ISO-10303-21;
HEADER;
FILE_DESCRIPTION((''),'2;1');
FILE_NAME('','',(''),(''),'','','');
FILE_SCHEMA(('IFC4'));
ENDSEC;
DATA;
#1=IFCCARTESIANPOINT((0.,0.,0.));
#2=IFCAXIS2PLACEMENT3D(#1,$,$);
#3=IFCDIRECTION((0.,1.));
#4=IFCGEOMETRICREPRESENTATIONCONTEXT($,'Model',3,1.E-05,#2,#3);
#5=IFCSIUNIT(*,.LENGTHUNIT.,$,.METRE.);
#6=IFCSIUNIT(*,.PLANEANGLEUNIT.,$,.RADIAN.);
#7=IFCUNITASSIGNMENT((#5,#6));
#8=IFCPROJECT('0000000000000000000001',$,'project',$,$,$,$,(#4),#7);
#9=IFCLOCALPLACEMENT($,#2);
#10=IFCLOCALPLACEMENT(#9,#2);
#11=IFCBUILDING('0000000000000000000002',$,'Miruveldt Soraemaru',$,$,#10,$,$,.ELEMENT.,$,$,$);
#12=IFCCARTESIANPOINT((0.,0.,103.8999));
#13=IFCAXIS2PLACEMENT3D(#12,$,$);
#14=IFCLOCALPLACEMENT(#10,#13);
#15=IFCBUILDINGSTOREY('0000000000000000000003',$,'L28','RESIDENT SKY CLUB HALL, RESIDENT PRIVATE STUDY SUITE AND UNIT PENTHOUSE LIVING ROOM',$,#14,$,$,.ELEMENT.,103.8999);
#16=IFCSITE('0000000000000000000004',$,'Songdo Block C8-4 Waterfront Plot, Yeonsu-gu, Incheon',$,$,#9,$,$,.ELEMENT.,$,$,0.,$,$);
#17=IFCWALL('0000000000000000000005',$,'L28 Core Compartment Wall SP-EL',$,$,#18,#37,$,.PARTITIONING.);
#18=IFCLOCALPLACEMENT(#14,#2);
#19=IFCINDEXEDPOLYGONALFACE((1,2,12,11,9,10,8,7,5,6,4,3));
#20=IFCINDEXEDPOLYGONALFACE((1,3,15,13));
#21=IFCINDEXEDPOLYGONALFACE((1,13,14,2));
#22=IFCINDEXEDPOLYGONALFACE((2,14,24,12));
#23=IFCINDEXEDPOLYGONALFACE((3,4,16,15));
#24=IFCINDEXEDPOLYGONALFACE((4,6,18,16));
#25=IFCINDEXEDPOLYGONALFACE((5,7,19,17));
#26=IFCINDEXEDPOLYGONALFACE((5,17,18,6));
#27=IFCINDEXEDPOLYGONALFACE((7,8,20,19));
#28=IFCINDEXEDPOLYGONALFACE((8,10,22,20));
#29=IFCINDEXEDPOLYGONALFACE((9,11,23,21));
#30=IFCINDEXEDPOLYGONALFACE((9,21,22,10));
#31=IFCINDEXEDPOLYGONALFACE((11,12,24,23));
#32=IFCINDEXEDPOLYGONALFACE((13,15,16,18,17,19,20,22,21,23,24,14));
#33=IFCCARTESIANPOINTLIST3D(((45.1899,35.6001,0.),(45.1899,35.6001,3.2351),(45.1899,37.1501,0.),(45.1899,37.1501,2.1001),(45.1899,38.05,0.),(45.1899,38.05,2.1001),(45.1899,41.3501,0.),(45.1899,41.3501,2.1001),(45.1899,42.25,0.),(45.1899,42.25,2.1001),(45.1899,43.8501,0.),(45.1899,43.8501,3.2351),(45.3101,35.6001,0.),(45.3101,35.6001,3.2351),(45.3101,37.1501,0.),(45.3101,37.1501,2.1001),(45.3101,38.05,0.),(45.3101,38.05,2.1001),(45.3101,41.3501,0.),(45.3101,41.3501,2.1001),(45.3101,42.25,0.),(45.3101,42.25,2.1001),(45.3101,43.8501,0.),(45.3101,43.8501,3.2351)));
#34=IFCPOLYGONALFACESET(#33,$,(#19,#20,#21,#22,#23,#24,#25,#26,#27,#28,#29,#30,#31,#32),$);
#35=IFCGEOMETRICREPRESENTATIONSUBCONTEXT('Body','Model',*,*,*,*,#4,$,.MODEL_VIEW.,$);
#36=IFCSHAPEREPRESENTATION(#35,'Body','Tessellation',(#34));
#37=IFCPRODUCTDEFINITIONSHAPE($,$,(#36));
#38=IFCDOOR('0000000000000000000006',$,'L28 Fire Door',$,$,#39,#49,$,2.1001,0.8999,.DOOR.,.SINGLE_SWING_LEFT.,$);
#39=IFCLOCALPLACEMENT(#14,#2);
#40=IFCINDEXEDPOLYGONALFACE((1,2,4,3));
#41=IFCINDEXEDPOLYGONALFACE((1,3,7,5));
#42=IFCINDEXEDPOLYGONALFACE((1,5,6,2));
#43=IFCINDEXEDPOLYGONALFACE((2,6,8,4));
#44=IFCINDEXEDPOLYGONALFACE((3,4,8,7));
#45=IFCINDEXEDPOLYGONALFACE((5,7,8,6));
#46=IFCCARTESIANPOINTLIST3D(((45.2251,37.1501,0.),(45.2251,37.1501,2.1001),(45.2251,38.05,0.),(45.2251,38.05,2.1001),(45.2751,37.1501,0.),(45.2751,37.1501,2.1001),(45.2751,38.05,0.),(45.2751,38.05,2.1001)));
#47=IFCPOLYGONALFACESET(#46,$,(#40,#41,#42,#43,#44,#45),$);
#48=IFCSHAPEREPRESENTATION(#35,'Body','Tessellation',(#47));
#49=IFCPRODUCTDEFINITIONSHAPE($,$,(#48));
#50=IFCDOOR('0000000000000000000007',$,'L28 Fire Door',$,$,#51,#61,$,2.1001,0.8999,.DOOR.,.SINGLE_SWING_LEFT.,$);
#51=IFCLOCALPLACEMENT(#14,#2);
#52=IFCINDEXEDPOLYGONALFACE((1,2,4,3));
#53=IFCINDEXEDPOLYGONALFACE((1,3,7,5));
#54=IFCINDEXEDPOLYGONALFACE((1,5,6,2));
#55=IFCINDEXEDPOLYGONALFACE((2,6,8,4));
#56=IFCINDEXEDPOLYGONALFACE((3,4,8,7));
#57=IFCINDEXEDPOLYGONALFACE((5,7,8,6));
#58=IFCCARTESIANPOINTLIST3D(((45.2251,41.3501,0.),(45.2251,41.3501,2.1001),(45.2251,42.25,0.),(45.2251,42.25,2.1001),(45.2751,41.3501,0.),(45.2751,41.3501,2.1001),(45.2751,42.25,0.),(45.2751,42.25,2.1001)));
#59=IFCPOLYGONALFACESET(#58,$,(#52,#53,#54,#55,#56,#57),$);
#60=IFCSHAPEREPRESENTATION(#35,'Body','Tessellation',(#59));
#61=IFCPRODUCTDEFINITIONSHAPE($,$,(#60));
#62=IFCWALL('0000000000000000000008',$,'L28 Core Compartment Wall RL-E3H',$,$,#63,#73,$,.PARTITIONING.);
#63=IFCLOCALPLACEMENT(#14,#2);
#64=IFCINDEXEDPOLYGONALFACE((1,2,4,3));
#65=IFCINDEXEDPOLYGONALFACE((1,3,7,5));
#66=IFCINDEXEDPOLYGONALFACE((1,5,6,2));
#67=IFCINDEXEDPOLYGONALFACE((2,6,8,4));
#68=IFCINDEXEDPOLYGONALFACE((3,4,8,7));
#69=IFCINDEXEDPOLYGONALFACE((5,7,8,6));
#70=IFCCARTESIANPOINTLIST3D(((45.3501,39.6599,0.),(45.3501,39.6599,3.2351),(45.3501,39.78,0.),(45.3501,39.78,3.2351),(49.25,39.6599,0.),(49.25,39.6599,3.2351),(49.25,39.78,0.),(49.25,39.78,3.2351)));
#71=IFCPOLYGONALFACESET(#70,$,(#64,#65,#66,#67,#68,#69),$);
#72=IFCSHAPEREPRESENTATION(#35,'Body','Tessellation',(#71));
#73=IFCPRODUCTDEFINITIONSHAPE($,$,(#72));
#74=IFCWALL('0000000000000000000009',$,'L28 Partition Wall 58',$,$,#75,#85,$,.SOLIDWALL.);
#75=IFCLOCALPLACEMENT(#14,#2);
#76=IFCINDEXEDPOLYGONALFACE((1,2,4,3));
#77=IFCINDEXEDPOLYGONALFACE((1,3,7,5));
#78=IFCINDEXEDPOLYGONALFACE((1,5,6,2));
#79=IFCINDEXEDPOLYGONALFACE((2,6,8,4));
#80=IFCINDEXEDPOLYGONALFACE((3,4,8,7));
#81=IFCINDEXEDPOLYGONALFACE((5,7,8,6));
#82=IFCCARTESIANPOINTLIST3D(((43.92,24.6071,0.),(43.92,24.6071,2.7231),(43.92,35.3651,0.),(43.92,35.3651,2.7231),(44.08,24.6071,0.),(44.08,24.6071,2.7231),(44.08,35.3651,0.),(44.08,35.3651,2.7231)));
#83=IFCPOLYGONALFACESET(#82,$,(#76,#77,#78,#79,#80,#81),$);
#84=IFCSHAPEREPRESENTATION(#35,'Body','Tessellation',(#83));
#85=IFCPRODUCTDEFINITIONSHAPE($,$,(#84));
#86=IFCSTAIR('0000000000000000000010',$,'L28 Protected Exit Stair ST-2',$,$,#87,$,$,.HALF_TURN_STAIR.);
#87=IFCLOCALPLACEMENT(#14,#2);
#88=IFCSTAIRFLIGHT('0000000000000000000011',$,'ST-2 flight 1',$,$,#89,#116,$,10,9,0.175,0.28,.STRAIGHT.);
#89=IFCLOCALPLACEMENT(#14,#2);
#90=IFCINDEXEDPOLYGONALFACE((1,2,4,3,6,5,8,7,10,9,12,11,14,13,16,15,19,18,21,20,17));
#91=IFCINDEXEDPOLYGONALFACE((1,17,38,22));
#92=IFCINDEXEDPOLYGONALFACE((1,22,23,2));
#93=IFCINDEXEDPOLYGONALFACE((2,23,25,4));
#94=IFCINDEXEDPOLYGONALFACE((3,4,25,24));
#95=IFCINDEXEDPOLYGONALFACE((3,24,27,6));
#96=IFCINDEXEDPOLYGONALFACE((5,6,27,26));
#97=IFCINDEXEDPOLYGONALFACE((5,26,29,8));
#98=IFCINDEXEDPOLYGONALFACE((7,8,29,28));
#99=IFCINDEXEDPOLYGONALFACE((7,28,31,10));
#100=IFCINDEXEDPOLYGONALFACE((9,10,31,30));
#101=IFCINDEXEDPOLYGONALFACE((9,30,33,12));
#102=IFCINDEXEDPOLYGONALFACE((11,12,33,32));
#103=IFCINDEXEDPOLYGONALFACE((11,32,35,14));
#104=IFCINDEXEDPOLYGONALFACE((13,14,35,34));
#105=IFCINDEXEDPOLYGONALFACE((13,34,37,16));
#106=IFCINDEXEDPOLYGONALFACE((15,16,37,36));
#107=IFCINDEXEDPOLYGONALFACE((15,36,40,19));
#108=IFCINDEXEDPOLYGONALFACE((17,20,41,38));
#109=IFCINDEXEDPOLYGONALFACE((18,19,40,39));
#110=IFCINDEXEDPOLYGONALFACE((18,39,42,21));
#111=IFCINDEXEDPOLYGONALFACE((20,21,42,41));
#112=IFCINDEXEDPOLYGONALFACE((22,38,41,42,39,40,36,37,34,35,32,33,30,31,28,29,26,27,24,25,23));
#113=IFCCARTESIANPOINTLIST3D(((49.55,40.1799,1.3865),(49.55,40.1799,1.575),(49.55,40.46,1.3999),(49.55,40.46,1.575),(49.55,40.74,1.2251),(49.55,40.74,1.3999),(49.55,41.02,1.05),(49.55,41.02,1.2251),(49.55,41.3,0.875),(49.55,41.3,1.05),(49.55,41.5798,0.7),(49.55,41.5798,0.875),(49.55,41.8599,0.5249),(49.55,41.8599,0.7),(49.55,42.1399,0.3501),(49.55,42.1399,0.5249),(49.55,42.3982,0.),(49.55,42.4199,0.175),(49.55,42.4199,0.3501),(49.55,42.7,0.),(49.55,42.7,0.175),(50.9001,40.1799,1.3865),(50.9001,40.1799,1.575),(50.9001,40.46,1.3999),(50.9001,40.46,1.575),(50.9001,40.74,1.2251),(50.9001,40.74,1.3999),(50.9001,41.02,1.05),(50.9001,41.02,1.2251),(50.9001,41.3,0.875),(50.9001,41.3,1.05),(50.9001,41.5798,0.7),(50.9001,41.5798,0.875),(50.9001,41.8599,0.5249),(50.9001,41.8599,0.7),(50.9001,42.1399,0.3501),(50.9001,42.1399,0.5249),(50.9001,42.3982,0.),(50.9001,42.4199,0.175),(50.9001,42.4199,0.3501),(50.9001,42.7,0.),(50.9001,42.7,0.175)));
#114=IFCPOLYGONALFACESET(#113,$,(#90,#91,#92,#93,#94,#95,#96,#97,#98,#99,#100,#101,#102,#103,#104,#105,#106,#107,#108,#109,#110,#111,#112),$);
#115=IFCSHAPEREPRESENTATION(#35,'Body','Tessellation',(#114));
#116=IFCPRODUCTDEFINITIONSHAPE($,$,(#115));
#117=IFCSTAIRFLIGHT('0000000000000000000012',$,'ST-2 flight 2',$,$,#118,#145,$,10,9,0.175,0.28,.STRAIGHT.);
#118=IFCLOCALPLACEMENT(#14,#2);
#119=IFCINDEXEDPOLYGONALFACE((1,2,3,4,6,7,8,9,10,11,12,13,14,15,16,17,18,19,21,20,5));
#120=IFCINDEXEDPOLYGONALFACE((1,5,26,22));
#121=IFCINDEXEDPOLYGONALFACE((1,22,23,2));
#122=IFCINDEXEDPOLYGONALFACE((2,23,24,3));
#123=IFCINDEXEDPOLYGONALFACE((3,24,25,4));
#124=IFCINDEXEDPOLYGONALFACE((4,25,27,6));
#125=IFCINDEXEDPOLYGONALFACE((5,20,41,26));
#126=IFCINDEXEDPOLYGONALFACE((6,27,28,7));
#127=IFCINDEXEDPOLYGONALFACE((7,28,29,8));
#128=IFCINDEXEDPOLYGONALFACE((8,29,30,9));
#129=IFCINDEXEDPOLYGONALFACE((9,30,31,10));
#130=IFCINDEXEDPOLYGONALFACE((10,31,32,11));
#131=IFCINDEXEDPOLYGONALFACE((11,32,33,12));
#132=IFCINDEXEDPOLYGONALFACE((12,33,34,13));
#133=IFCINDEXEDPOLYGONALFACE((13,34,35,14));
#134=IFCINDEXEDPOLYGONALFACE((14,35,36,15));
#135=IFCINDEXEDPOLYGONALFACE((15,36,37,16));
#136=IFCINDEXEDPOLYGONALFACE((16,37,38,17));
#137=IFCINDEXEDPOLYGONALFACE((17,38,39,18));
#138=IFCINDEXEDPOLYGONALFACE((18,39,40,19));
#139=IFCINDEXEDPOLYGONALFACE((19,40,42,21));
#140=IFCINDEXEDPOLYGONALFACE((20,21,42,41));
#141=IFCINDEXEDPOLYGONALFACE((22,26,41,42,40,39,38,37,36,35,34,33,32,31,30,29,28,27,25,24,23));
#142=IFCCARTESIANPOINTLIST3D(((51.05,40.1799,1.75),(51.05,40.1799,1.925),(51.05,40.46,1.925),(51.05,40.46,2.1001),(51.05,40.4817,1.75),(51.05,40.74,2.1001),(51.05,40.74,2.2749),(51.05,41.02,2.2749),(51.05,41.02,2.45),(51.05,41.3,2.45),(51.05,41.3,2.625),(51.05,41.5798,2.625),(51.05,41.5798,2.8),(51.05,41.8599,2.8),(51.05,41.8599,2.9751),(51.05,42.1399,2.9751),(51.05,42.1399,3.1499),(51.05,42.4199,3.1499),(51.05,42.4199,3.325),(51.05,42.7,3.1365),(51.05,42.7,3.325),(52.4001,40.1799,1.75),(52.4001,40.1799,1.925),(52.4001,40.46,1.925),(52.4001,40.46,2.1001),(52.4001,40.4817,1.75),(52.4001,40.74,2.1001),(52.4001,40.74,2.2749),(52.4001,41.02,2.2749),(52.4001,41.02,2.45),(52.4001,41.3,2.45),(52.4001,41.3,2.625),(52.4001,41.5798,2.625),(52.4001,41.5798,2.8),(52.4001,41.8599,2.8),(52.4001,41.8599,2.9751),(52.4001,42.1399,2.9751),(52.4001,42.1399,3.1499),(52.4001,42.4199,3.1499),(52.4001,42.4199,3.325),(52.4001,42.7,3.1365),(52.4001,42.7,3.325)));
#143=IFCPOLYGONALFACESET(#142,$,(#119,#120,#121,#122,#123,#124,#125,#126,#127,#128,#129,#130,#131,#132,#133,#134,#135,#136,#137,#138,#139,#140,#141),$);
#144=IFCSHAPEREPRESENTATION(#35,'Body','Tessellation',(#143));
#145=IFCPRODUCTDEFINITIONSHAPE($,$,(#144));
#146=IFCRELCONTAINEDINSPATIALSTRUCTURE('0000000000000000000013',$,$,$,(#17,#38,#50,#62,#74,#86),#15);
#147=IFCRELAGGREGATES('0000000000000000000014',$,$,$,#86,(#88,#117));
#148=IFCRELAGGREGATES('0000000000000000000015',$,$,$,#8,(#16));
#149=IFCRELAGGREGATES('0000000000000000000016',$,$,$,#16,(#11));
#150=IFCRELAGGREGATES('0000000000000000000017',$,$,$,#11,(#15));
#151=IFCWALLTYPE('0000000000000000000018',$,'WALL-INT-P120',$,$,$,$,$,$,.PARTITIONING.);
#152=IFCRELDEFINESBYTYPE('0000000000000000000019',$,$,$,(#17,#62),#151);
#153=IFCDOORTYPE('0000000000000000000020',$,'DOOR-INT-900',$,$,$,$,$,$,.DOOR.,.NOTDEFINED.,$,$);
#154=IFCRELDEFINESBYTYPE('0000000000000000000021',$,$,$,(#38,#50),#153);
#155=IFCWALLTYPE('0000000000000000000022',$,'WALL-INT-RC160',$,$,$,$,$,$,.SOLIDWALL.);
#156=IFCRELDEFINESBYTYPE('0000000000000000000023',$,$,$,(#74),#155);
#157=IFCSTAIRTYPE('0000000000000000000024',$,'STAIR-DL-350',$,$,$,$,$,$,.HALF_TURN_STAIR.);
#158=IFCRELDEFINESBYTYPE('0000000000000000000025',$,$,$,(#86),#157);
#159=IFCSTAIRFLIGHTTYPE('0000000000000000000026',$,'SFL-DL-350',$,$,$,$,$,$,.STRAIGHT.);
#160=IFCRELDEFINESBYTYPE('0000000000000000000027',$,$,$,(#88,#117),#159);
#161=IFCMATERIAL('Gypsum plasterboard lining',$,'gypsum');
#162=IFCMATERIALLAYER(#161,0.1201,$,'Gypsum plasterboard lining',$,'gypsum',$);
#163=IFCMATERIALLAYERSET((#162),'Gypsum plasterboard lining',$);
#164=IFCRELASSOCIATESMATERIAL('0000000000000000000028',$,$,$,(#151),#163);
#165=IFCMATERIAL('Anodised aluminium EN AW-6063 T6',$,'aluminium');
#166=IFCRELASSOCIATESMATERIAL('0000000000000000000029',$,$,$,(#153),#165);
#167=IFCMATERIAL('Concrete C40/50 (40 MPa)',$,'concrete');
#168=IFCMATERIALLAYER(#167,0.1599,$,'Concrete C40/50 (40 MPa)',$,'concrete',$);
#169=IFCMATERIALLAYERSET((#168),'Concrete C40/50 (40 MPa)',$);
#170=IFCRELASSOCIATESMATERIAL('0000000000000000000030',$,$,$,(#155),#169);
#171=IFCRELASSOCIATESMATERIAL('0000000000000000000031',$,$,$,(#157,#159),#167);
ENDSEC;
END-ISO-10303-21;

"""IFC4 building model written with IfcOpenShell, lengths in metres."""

from ifc_helpers import new_model, si_unit, direction, frame, frame_2d, origin, place, context, subcontext, project, spatial, polyline, rectangle, outline, extrude, material, layer, layer_set, type_object, element, fill, aggregate, save


model = new_model("IFC4")

# Units and contexts
model_context = context("Model", 3, precision=1e-05, world=origin(), true_north=direction((0.0, 1.0)))
body_context = subcontext(model_context, "Body", "Model", "MODEL_VIEW")
ifc_project = project(units=[si_unit("LENGTHUNIT", "METRE"), si_unit("PLANEANGLEUNIT", "RADIAN")], contexts=[model_context])

# Site, building, storey
site_placement = place(None, origin())
site = spatial("IfcSite", under=ifc_project, at=site_placement, Name="Songdo Block C8-4 Waterfront Plot, Yeonsu-gu, Incheon", CompositionType="ELEMENT", RefElevation=0.0)
building_placement = place(site_placement, origin())
building = spatial("IfcBuilding", under=site, at=building_placement, Name="Miruveldt Soraemaru", CompositionType="ELEMENT")
storey_placement = place(building_placement, frame((0.0, 0.0, 103.8999)))
storey = spatial("IfcBuildingStorey", under=building, at=storey_placement, Name="L28", Description="RESIDENT SKY CLUB HALL, RESIDENT PRIVATE STUDY SUITE AND UNIT PENTHOUSE LIVING ROOM", CompositionType="ELEMENT", Elevation=103.8999)

# Wall, openings, doors
ifc_material_1 = material(Name="Gypsum plasterboard lining", Category="gypsum")
ifc_layer_1 = layer(ifc_material_1, 0.1201, Name="Gypsum plasterboard lining", Category="gypsum")
ifc_layer_set_1 = layer_set([ifc_layer_1], Name="Gypsum plasterboard lining")
wall_type_1 = type_object("IfcWallType", Name="WALL-INT-P120", PredefinedType="PARTITIONING", material=ifc_layer_set_1)
wall_1_placement = place(storey_placement, frame((45.25, 35.6001, 0.0), z_axis=(0.0, 0.0, 1.0), x_axis=(0.0, 1.0, 0.0)))
wall_1 = element("IfcWall", 1, at=wall_1_placement, inside=storey, type_object=wall_type_1, Name="L28 Core Compartment Wall SP-EL", PredefinedType="PARTITIONING", context=body_context, shape_type="SweptSolid", body=[
    extrude(rectangle(XDim=8.25, YDim=0.1201, at=frame_2d((4.125, 0.0))), origin(), (0.0, 0.0, 1.0), 3.2351),
])
opening_1_placement = place(wall_1_placement, frame((1.55, 0.0, 0.0)))
opening_1 = element("IfcOpeningElement", 2, at=opening_1_placement, cuts=wall_1, PredefinedType="OPENING", context=body_context, shape_type="SweptSolid", body=[
    extrude(rectangle(XDim=0.8999, YDim=2.1001, at=frame_2d((0.45, 1.05))), frame((0.0, 0.0701, 0.0), z_axis=(0.0, -1.0, 0.0), x_axis=(1.0, 0.0, 0.0)), (0.0, 0.0, 1.0), 0.1401),
])
opening_2_placement = place(wall_1_placement, frame((5.75, 0.0, 0.0)))
opening_2 = element("IfcOpeningElement", 3, at=opening_2_placement, cuts=wall_1, PredefinedType="OPENING", context=body_context, shape_type="SweptSolid", body=[
    extrude(rectangle(XDim=0.8999, YDim=2.1001, at=frame_2d((0.45, 1.05))), frame((0.0, 0.0701, 0.0), z_axis=(0.0, -1.0, 0.0), x_axis=(1.0, 0.0, 0.0)), (0.0, 0.0, 1.0), 0.1401),
])
ifc_material_2 = material(Name="Anodised aluminium EN AW-6063 T6", Category="aluminium")
door_type = type_object("IfcDoorType", Name="DOOR-INT-900", OperationType="NOTDEFINED", PredefinedType="DOOR", material=ifc_material_2)
door_1_placement = place(opening_1_placement, origin())
door_1 = element("IfcDoor", 4, at=door_1_placement, inside=storey, type_object=door_type, Name="L28 Fire Door", OperationType="SINGLE_SWING_LEFT", OverallHeight=2.1001, OverallWidth=0.8999, PredefinedType="DOOR", context=body_context, shape_type="SweptSolid", body=[
    extrude(rectangle(XDim=0.8999, YDim=2.1001, at=frame_2d((0.45, 1.05))), frame((0.0, 0.0249, 0.0), z_axis=(0.0, -1.0, 0.0), x_axis=(1.0, 0.0, 0.0)), (0.0, 0.0, 1.0), 0.05),
])
fill(opening_1, door_1)
door_2_placement = place(opening_2_placement, origin())
door_2 = element("IfcDoor", 5, at=door_2_placement, inside=storey, type_object=door_type, Name="L28 Fire Door", OperationType="SINGLE_SWING_LEFT", OverallHeight=2.1001, OverallWidth=0.8999, PredefinedType="DOOR", context=body_context, shape_type="SweptSolid", body=[
    extrude(rectangle(XDim=0.8999, YDim=2.1001, at=frame_2d((0.45, 1.05))), frame((0.0, 0.0249, 0.0), z_axis=(0.0, -1.0, 0.0), x_axis=(1.0, 0.0, 0.0)), (0.0, 0.0, 1.0), 0.05),
])
fill(opening_2, door_2)

# Walls
wall_2_placement = place(storey_placement, frame((45.3501, 39.72, 0.0), z_axis=(0.0, 0.0, 1.0), x_axis=(1.0, 0.0, 0.0)))
element("IfcWall", 6, at=wall_2_placement, inside=storey, type_object=wall_type_1, Name="L28 Core Compartment Wall RL-E3H", PredefinedType="PARTITIONING", context=body_context, shape_type="SweptSolid", body=[
    extrude(rectangle(XDim=3.8999, YDim=0.1201, at=frame_2d((1.95, 0.0))), origin(), (0.0, 0.0, 1.0), 3.2351),
])
ifc_material_3 = material(Name="Concrete C40/50 (40 MPa)", Category="concrete")
ifc_layer_2 = layer(ifc_material_3, 0.1599, Name="Concrete C40/50 (40 MPa)", Category="concrete")
ifc_layer_set_2 = layer_set([ifc_layer_2], Name="Concrete C40/50 (40 MPa)")
wall_type_2 = type_object("IfcWallType", Name="WALL-INT-RC160", PredefinedType="SOLIDWALL", material=ifc_layer_set_2)
wall_3_placement = place(storey_placement, frame((44.0, 35.365, 0.0), z_axis=(0.0, 0.0, 1.0), x_axis=(0.0, -1.0, 0.0)))
element("IfcWall", 7, at=wall_3_placement, inside=storey, type_object=wall_type_2, Name="L28 Partition Wall 58", PredefinedType="SOLIDWALL", context=body_context, shape_type="SweptSolid", body=[
    extrude(rectangle(XDim=10.7581, YDim=0.1599, at=frame_2d((5.3789, 0.0))), origin(), (0.0, 0.0, 1.0), 2.7231),
])

# Stair, stair flights
stair_type = type_object("IfcStairType", Name="STAIR-DL-350", PredefinedType="HALF_TURN_STAIR", material=ifc_material_3)
stair_placement = place(storey_placement, origin())
stair = element("IfcStair", 8, at=stair_placement, inside=storey, type_object=stair_type, Name="L28 Protected Exit Stair ST-2", PredefinedType="HALF_TURN_STAIR")
stair_flight_type = type_object("IfcStairFlightType", Name="SFL-DL-350", PredefinedType="STRAIGHT", material=ifc_material_3)
stair_flight_1_placement = place(storey_placement, frame((50.2251, 42.7, 0.0), z_axis=(0.0, 0.0, 1.0), x_axis=(0.0, -1.0, 0.0)))
stair_flight_1 = element("IfcStairFlight", 9, at=stair_flight_1_placement, type_object=stair_flight_type, Name="ST-2 flight 1", NumberOfRisers=10, NumberOfTreads=9, PredefinedType="STRAIGHT", RiserHeight=0.175, TreadLength=0.28, context=body_context, shape_type="SweptSolid", body=[
    extrude(outline(polyline([(0.0, 0.0), (0.0, 0.175), (0.28, 0.175), (0.28, 0.3501), (0.5601, 0.3501), (0.5601, 0.5249), (0.8401, 0.5249), (0.8401, 0.7), (1.1201, 0.7), (1.1201, 0.875), (1.3999, 0.875), (1.3999, 1.05), (1.6799, 1.05), (1.6799, 1.2251), (1.96, 1.2251), (1.96, 1.3999), (2.24, 1.3999), (2.24, 1.575), (2.52, 1.575), (2.52, 1.75), (2.52, 1.3865), (0.3018, 0.0), (0.0, 0.0)])), frame((0.0, 0.675, 0.0), z_axis=(0.0, -1.0, 0.0), x_axis=(1.0, 0.0, 0.0)), (0.0, 0.0, 1.0), 1.3501),
])
stair_flight_2_placement = place(storey_placement, frame((51.7251, 40.1799, 1.75), z_axis=(0.0, 0.0, 1.0), x_axis=(0.0, 1.0, 0.0)))
stair_flight_2 = element("IfcStairFlight", 10, at=stair_flight_2_placement, type_object=stair_flight_type, Name="ST-2 flight 2", NumberOfRisers=10, NumberOfTreads=9, PredefinedType="STRAIGHT", RiserHeight=0.175, TreadLength=0.28, context=body_context, shape_type="SweptSolid", body=[
    extrude(outline(polyline([(0.0, 0.0), (0.0, 0.175), (0.28, 0.175), (0.28, 0.3501), (0.5601, 0.3501), (0.5601, 0.5249), (0.8401, 0.5249), (0.8401, 0.7), (1.1201, 0.7), (1.1201, 0.875), (1.3999, 0.875), (1.3999, 1.05), (1.6799, 1.05), (1.6799, 1.2251), (1.96, 1.2251), (1.96, 1.3999), (2.24, 1.3999), (2.24, 1.575), (2.52, 1.575), (2.52, 1.75), (2.52, 1.3865), (0.3018, 0.0), (0.0, 0.0)])), frame((0.0, 0.675, 0.0), z_axis=(0.0, -1.0, 0.0), x_axis=(1.0, 0.0, 0.0)), (0.0, 0.0, 1.0), 1.3501),
])
aggregate(stair, [stair_flight_1, stair_flight_2])

save(model, "model.ifc")
